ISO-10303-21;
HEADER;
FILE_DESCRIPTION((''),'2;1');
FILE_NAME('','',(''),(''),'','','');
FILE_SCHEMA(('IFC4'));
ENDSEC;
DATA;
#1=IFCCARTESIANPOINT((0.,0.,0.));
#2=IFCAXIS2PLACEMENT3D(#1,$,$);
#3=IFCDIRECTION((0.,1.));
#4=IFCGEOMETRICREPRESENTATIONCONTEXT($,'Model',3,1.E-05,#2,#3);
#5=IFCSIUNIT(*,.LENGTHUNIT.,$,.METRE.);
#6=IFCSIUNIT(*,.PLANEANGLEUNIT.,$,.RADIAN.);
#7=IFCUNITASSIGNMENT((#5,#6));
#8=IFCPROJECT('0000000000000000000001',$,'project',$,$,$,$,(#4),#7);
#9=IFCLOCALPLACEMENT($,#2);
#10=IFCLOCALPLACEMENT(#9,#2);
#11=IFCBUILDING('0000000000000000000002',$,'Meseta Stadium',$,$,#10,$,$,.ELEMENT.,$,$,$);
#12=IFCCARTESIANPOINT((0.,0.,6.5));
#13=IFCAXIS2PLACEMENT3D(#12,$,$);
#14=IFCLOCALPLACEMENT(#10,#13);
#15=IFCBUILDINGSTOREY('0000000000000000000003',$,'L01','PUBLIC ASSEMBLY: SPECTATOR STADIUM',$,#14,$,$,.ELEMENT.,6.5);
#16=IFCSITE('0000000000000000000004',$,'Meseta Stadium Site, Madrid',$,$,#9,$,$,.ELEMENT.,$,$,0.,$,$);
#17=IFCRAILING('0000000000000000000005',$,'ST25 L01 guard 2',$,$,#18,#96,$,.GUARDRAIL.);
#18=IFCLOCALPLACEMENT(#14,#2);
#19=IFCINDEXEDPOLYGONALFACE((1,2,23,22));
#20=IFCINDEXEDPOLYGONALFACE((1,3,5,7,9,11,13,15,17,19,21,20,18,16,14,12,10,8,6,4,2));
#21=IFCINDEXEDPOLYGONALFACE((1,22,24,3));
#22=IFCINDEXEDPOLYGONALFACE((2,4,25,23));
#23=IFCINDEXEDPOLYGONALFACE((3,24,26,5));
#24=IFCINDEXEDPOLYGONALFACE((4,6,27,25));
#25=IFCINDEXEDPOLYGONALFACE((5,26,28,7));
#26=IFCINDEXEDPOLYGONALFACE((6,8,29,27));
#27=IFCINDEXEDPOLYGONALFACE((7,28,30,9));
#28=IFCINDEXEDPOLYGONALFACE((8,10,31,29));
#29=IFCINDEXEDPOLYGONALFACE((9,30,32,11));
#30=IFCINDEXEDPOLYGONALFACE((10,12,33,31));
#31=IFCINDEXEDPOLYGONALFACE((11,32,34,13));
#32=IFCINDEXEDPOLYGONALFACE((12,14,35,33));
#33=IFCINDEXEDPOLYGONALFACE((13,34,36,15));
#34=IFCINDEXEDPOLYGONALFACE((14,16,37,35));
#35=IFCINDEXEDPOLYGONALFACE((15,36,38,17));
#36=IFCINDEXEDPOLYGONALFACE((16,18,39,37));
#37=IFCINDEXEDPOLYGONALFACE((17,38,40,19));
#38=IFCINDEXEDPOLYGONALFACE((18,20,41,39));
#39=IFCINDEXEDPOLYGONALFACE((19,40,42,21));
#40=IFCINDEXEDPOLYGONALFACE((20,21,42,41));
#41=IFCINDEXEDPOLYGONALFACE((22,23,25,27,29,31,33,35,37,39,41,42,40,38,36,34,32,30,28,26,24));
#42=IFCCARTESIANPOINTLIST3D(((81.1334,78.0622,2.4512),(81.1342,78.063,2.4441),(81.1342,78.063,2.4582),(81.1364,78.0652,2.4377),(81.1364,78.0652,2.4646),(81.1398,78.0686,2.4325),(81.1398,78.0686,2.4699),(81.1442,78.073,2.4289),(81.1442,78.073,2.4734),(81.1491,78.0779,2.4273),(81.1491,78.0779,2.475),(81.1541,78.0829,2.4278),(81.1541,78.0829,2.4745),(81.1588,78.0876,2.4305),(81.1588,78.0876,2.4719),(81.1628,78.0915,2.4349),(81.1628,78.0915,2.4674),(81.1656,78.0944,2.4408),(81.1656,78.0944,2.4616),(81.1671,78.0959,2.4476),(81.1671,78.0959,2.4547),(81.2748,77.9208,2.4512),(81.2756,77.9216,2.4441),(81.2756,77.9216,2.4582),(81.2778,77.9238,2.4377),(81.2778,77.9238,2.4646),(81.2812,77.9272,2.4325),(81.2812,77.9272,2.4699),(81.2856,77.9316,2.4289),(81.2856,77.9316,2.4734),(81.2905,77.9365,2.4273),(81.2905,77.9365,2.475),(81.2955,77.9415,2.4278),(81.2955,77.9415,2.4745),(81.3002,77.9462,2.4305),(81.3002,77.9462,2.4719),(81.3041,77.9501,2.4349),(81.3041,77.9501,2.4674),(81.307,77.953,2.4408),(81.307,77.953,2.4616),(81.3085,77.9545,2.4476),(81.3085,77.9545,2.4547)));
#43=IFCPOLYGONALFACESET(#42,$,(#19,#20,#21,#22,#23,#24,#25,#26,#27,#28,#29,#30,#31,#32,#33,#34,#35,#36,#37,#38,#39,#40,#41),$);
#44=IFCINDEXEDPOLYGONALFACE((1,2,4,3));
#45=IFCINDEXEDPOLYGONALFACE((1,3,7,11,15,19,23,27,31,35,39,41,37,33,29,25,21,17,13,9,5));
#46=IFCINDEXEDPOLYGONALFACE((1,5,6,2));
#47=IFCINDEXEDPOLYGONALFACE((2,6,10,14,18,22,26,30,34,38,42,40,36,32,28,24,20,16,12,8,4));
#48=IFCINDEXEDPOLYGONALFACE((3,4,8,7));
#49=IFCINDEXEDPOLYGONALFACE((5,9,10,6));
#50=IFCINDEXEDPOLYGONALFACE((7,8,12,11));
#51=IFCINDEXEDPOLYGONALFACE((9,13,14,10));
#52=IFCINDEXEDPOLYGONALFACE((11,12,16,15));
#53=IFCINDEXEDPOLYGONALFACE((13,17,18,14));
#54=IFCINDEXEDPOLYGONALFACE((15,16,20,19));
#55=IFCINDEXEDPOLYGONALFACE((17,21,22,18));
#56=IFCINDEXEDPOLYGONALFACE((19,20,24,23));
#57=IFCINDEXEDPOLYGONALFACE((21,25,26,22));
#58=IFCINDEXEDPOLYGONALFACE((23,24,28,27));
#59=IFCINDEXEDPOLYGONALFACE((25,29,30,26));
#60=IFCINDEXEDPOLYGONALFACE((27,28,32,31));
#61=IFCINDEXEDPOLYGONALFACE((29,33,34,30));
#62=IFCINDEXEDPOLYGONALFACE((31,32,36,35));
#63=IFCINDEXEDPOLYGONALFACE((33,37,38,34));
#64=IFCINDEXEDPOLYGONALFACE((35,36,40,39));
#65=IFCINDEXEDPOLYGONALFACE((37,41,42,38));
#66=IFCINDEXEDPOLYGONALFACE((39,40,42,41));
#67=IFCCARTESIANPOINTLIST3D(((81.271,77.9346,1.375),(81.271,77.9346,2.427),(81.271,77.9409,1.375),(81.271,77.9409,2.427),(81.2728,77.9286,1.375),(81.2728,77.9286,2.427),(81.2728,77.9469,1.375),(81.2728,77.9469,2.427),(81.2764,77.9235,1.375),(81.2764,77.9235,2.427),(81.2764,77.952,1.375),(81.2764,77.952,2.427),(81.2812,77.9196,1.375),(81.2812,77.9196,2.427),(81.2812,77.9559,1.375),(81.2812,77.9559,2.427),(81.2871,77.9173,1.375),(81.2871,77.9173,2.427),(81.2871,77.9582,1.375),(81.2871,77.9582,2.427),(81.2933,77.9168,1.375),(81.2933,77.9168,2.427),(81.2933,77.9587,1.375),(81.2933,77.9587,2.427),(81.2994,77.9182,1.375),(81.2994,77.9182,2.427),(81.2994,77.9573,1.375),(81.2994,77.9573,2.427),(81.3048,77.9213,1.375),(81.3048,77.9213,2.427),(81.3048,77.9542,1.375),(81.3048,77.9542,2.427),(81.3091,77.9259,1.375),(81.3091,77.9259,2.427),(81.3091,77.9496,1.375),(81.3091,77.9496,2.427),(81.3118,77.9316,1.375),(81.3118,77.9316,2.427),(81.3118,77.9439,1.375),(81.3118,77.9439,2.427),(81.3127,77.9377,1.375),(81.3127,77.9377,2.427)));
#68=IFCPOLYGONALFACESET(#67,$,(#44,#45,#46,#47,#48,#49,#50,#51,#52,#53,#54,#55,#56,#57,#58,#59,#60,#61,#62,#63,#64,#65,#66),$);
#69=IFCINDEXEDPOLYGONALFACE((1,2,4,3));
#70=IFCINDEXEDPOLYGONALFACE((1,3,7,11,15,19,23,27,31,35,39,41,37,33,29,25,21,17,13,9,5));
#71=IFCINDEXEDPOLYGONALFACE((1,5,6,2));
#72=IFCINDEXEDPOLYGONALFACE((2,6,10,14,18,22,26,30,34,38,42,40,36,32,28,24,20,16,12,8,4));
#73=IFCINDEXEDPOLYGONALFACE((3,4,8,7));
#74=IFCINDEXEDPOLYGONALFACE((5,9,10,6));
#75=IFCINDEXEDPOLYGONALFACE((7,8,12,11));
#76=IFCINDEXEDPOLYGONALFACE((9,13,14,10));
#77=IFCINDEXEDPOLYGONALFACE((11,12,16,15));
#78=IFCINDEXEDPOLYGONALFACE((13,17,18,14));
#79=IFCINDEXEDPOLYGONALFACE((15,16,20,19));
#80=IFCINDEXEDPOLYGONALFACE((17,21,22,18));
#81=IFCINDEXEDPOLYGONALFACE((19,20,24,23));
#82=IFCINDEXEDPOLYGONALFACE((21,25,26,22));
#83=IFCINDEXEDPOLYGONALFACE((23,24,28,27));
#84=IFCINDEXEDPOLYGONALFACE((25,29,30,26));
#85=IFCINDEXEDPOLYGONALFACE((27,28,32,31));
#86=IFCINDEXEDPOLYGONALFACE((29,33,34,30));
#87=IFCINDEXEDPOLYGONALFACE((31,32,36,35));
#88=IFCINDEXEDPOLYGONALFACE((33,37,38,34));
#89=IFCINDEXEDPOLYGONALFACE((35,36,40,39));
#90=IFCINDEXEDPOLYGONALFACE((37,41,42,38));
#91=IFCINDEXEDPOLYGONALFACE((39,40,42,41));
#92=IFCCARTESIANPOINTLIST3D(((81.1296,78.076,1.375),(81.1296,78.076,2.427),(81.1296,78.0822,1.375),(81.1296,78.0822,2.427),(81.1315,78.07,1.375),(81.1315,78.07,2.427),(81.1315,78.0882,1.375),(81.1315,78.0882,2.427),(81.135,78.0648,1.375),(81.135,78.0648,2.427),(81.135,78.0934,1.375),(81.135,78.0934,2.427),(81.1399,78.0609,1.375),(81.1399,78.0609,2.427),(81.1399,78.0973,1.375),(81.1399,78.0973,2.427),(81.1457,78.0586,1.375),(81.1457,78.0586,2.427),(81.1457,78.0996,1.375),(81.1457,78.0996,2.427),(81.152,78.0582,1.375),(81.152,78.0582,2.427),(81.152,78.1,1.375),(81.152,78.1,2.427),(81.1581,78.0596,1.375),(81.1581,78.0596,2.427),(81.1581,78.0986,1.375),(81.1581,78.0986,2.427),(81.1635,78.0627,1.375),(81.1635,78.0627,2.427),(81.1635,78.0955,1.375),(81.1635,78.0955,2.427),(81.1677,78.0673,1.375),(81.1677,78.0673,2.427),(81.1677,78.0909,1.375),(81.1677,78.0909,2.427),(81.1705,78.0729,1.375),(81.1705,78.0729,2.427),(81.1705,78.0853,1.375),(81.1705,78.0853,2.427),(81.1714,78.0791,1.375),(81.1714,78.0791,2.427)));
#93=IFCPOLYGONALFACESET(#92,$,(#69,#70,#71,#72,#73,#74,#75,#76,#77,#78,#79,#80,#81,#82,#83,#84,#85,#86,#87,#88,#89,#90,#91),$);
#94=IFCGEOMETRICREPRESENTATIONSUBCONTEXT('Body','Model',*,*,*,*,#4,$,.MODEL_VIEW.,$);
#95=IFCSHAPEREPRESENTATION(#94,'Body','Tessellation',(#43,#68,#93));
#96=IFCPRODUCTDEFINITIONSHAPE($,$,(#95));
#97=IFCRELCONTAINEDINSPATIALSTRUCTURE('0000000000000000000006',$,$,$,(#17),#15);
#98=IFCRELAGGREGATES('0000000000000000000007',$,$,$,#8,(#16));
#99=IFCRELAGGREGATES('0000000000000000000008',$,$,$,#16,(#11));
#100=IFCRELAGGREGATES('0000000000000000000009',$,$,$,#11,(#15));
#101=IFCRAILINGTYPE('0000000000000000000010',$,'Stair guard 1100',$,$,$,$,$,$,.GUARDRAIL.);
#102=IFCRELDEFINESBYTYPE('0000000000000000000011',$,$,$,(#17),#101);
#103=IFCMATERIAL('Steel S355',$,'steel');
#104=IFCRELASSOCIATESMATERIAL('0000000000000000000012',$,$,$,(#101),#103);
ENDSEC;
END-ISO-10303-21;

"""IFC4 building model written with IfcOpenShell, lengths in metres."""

from ifc_helpers import new_model, si_unit, direction, frame, origin, origin_2d, place, context, subcontext, project, spatial, circle, extrude, material, type_object, element, save


model = new_model("IFC4")

# Units and contexts
model_context = context("Model", 3, precision=1e-05, world=origin(), true_north=direction((0.0, 1.0)))
body_context = subcontext(model_context, "Body", "Model", "MODEL_VIEW")
ifc_project = project(units=[si_unit("LENGTHUNIT", "METRE"), si_unit("PLANEANGLEUNIT", "RADIAN")], contexts=[model_context])

# Site, building, storey
site_placement = place(None, origin())
site = spatial("IfcSite", under=ifc_project, at=site_placement, Name="Meseta Stadium Site, Madrid", CompositionType="ELEMENT", RefElevation=0.0)
building_placement = place(site_placement, origin())
building = spatial("IfcBuilding", under=site, at=building_placement, Name="Meseta Stadium", CompositionType="ELEMENT")
storey_placement = place(building_placement, frame((0.0, 0.0, 6.5)))
storey = spatial("IfcBuildingStorey", under=building, at=storey_placement, Name="L01", Description="PUBLIC ASSEMBLY: SPECTATOR STADIUM", CompositionType="ELEMENT", Elevation=6.5)

# Railing
ifc_material_1 = material(Name="Steel S355", Category="steel")
railing_type_1 = type_object("IfcRailingType", Name="Stair guard 1100", PredefinedType="GUARDRAIL", material=ifc_material_1)
railing_1_placement = place(storey_placement, frame((81.2917, 77.9377, 1.375)))
element("IfcRailing", 1, at=railing_1_placement, inside=storey, type_object=railing_type_1, Name="ST25 L01 guard 2", PredefinedType="GUARDRAIL", context=body_context, shape_type="SweptSolid", body=[
    extrude(circle(Radius=0.0239, at=origin_2d()), frame((0.0, 0.0, 1.0762), z_axis=(-0.707107, 0.707107, 0.0), x_axis=(-0.707107, -0.707107, 0.0)), (0.0, 0.0, 1.0), 0.2),
    extrude(circle(Radius=0.021, at=origin_2d()), origin(), (0.0, 0.0, 1.0), 1.052),
    extrude(circle(Radius=0.021, at=origin_2d()), frame((-0.1414, 0.1414, 0.0)), (0.0, 0.0, 1.0), 1.052),
])

save(model, "model.ifc")
